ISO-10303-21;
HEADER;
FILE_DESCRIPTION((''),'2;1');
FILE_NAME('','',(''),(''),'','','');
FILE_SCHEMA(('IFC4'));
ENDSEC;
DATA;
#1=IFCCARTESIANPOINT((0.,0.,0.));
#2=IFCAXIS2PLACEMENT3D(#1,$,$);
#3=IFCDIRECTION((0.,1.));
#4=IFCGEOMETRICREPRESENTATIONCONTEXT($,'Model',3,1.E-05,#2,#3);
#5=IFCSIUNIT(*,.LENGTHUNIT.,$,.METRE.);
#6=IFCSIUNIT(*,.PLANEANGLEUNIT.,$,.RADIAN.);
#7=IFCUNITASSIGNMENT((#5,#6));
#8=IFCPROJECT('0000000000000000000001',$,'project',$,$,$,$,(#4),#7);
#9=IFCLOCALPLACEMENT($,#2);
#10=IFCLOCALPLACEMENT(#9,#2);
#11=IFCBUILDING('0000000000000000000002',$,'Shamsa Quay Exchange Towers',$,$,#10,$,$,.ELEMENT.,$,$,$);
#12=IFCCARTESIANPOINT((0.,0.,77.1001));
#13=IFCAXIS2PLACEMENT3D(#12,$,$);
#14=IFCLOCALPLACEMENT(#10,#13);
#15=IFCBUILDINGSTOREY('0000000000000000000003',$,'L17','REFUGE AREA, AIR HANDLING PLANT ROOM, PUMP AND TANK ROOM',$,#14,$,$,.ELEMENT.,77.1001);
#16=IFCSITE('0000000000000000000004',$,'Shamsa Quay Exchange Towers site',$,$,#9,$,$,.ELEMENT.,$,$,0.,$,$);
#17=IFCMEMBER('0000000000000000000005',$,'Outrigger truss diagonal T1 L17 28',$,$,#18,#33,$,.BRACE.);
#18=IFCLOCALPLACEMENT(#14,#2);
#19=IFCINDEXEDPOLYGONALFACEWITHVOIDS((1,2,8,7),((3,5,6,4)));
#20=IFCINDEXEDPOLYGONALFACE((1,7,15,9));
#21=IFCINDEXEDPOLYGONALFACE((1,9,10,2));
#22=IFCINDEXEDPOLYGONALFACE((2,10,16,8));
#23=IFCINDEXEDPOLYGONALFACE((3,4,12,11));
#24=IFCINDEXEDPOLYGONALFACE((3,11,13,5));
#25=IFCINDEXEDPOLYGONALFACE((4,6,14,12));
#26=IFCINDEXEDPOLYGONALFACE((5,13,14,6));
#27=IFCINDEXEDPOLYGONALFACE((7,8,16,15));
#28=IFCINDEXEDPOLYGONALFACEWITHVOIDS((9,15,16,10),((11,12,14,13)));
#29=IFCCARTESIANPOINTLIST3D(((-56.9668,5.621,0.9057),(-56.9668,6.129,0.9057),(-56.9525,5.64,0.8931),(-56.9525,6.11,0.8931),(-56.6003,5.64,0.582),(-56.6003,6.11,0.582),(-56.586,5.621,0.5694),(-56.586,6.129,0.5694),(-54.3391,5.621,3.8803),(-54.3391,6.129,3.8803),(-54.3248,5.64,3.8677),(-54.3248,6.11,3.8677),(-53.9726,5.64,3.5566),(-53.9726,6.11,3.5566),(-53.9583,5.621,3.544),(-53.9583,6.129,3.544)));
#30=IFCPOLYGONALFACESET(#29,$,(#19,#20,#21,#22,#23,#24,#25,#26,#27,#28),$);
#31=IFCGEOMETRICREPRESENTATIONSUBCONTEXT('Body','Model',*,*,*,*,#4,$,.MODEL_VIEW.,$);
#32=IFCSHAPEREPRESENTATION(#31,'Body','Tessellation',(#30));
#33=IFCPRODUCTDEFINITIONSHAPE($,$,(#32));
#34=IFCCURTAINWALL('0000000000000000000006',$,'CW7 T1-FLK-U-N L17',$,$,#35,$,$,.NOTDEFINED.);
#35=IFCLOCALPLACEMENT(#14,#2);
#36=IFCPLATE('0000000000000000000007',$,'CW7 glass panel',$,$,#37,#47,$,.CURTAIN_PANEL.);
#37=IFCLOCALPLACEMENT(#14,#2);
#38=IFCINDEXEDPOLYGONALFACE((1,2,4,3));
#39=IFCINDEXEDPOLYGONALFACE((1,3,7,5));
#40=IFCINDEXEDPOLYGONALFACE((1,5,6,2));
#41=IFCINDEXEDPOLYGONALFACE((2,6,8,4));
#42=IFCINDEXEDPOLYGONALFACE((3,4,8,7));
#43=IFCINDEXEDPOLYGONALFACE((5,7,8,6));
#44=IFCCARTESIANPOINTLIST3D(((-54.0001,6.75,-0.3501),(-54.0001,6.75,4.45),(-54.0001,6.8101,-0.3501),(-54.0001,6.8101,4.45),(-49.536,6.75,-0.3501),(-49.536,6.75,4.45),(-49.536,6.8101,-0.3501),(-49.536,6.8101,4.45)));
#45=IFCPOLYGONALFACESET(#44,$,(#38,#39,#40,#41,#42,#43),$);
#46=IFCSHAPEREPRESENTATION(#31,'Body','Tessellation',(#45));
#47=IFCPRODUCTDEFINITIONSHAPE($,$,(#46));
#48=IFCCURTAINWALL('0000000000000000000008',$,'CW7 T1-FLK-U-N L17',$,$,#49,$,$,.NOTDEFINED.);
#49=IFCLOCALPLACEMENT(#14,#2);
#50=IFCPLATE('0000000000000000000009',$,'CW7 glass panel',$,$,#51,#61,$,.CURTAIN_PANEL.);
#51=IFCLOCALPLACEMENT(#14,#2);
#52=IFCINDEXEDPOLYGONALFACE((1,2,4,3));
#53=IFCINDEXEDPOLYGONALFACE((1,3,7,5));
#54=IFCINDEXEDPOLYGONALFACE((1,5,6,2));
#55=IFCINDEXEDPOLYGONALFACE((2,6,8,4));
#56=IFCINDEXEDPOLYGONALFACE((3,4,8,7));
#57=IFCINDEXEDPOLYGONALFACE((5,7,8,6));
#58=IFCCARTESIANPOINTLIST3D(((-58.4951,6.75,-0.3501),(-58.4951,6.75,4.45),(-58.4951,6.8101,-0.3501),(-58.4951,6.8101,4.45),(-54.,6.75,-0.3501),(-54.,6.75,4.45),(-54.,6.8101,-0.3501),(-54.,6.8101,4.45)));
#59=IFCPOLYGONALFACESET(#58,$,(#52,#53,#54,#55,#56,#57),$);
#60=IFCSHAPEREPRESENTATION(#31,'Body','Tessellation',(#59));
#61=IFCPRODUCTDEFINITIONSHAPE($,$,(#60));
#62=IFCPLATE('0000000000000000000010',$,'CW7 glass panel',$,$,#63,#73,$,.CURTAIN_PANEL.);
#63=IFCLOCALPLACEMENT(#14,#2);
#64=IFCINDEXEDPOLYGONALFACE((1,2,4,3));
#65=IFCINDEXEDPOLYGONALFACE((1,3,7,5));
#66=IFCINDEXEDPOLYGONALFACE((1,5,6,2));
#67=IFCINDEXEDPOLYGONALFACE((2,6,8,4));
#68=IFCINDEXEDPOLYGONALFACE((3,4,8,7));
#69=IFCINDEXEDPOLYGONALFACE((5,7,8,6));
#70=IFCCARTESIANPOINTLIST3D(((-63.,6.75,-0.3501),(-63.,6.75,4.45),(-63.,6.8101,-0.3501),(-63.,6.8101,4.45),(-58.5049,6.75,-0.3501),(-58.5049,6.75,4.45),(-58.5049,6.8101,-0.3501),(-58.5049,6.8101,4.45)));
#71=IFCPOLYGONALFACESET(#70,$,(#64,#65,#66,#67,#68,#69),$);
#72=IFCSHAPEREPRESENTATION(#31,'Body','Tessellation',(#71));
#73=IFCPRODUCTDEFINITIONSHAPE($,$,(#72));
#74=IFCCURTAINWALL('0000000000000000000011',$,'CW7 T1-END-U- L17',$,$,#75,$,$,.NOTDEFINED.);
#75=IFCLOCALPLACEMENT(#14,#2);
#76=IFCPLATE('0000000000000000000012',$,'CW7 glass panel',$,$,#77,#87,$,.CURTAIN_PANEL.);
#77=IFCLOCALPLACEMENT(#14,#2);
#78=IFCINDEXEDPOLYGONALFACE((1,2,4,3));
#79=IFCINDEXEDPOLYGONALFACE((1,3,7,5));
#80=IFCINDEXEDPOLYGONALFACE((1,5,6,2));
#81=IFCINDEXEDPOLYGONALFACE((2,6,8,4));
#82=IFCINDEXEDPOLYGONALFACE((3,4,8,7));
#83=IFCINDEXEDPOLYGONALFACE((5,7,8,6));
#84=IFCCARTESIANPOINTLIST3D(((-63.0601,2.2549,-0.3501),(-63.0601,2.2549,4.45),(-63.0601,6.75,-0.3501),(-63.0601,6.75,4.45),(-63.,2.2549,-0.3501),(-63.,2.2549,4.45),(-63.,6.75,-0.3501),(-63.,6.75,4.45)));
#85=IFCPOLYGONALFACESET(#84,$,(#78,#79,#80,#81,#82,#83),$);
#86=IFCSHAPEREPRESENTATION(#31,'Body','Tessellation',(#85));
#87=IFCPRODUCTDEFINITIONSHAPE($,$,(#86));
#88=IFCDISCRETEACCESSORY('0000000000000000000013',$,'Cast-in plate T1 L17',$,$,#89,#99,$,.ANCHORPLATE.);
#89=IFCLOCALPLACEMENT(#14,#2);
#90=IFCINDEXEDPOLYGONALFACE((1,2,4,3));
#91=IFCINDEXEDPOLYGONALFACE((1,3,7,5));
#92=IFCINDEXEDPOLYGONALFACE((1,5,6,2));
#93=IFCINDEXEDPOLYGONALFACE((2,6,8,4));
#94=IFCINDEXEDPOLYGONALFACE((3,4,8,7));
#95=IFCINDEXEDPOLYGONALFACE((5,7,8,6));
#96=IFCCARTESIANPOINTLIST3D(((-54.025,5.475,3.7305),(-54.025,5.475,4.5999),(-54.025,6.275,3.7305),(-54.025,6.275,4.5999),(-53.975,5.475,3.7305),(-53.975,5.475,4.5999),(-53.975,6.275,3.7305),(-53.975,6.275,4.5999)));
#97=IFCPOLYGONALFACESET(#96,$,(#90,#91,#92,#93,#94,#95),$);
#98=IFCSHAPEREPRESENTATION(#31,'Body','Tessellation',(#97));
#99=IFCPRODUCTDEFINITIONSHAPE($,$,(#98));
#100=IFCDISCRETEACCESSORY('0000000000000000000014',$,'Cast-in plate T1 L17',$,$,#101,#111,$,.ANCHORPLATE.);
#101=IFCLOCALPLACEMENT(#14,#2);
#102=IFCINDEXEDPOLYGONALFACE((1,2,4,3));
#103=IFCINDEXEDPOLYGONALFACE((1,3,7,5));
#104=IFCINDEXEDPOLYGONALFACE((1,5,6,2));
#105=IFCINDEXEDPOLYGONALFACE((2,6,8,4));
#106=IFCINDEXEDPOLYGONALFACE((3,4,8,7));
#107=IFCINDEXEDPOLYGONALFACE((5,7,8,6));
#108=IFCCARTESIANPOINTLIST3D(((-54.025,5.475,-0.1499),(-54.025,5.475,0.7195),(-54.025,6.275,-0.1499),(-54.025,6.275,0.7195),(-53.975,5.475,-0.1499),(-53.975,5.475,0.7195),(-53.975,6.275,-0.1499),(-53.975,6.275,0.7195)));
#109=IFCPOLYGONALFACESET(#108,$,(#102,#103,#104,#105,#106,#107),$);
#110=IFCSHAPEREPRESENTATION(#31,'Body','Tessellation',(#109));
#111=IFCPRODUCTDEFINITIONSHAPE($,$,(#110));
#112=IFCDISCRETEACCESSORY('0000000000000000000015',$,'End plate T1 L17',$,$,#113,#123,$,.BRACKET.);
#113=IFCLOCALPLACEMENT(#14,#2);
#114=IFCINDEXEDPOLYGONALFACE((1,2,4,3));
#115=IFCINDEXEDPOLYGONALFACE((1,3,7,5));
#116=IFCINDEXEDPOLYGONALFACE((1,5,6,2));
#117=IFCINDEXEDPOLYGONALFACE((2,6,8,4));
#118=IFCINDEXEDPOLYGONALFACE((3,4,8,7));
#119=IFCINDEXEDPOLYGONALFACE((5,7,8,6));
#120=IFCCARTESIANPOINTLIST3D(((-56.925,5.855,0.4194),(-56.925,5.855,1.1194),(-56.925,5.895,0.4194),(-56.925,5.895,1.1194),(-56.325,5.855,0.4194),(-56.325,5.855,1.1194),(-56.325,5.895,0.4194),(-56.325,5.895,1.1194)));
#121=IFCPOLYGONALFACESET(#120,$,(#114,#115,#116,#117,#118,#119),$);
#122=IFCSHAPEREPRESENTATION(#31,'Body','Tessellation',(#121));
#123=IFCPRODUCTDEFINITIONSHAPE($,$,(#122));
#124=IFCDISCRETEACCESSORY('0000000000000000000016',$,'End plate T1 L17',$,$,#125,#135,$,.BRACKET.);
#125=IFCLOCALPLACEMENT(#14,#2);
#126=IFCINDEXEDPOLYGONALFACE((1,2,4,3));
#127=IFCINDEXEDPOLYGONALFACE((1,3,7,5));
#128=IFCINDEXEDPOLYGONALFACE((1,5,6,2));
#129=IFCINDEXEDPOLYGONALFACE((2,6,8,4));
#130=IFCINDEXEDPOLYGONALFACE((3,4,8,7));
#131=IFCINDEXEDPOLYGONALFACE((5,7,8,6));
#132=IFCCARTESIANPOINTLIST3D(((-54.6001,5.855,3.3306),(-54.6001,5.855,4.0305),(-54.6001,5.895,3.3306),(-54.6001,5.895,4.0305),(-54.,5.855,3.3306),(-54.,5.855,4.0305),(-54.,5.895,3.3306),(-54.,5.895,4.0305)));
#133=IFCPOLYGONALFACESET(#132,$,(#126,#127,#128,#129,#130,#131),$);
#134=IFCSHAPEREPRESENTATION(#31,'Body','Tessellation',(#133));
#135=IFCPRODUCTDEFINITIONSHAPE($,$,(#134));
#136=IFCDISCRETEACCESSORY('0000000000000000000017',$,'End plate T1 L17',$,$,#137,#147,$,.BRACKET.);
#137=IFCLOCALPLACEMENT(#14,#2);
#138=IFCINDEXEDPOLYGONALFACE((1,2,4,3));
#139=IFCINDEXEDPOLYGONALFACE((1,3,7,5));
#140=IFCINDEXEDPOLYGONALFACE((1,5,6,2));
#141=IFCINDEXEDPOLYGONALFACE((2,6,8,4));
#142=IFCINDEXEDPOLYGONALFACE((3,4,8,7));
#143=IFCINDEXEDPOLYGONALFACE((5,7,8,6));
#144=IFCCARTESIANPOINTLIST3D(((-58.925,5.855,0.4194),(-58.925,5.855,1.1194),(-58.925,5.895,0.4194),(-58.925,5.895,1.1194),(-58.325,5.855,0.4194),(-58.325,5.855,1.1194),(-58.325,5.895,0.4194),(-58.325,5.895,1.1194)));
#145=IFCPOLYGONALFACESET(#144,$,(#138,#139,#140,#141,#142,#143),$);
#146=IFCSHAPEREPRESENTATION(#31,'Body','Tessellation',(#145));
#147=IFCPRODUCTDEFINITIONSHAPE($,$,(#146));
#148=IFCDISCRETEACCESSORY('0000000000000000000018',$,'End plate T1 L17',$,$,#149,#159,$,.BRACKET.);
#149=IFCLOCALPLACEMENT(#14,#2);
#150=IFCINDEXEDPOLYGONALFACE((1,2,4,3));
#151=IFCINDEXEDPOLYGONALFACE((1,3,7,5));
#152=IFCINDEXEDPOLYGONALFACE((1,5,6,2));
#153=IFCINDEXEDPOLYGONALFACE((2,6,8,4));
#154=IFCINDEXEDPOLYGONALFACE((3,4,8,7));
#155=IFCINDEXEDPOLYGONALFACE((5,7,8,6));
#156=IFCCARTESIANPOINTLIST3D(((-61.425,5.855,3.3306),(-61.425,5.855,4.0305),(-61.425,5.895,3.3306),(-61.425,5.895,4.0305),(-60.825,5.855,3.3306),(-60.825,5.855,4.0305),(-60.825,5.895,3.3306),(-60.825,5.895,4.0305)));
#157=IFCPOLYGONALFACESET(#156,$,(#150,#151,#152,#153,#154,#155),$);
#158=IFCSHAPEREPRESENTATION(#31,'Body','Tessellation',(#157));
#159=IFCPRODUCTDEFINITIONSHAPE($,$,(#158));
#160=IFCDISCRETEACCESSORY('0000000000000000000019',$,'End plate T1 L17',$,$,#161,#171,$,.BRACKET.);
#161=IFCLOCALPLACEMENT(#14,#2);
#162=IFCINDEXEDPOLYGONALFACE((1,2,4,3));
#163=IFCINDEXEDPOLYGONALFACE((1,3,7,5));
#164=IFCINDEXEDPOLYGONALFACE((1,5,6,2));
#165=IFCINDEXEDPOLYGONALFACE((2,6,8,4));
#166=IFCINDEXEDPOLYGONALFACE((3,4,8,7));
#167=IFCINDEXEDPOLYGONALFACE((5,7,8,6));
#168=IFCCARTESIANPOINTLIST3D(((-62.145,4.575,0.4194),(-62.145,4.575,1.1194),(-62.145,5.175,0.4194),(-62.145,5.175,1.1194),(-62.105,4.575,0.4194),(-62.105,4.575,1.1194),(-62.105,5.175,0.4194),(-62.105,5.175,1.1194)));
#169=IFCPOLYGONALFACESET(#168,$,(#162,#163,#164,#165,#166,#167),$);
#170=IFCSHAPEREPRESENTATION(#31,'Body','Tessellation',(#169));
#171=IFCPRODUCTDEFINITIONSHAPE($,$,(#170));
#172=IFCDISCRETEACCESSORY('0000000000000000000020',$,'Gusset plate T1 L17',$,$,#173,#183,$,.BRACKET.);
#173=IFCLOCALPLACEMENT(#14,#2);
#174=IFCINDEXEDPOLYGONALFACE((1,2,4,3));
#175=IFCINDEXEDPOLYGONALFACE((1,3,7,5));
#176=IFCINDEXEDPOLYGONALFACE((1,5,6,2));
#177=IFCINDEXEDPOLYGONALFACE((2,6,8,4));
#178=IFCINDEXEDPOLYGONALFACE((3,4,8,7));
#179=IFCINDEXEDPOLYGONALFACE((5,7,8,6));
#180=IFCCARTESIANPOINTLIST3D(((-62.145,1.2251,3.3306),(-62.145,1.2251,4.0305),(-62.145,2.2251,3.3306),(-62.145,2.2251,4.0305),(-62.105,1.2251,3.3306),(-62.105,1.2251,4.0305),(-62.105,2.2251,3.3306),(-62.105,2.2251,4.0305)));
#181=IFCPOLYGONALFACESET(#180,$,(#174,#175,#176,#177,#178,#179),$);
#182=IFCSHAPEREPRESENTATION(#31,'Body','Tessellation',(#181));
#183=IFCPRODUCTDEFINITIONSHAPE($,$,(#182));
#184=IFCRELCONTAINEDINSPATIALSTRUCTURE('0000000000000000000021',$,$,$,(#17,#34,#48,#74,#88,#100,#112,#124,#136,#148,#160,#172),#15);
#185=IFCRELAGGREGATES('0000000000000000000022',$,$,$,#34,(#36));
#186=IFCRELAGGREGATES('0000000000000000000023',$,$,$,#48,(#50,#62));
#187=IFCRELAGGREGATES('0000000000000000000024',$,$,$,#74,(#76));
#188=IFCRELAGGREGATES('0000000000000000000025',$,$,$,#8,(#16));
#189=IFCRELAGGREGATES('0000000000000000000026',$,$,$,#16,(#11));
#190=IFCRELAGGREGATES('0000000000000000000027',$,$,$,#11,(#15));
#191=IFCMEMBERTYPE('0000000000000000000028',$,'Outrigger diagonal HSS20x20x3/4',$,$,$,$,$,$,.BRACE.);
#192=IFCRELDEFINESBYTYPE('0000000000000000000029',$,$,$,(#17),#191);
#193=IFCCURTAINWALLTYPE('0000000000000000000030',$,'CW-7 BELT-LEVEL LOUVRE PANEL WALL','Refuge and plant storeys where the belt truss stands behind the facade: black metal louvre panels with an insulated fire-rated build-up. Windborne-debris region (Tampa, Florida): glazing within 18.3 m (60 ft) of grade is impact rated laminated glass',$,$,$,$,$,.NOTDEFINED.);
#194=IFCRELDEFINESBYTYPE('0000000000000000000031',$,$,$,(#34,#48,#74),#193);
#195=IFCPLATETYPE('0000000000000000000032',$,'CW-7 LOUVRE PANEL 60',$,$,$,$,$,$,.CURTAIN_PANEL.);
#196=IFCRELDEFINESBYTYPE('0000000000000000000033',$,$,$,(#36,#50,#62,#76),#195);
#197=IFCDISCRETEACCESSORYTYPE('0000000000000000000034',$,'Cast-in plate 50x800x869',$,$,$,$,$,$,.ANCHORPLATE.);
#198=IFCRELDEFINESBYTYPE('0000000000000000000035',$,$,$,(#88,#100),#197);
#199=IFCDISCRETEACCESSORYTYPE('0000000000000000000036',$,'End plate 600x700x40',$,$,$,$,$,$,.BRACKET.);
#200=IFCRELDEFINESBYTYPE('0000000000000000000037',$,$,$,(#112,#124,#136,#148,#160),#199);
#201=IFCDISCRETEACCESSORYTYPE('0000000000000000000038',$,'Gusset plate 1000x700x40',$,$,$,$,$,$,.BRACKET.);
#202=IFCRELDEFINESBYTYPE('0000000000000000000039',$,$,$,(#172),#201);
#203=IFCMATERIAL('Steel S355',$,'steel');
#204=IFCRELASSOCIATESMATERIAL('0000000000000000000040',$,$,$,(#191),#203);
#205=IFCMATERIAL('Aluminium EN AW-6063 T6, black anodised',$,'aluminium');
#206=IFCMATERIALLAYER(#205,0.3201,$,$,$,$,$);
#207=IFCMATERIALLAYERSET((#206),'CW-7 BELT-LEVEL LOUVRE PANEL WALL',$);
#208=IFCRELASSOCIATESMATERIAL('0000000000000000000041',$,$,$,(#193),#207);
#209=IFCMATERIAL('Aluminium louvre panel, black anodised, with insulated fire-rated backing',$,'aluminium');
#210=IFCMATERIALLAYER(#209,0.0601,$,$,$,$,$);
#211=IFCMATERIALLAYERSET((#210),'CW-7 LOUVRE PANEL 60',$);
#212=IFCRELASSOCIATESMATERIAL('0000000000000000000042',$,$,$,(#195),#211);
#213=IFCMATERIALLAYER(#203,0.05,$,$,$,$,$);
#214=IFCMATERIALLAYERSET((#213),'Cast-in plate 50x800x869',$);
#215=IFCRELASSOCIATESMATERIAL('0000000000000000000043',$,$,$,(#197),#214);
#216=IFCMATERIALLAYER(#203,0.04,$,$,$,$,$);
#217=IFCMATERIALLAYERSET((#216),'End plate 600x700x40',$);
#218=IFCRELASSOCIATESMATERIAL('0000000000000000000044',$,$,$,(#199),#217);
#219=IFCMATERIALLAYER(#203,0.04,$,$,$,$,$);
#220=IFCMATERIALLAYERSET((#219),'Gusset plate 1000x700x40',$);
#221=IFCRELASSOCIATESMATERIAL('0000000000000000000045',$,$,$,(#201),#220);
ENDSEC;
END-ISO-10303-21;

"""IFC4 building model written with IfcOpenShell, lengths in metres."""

from ifc_helpers import new_model, si_unit, direction, frame, origin, origin_2d, place, context, subcontext, project, spatial, rectangle, hollow_rectangle, extrude, material, layer, layer_set, material_profile, profile_set, type_object, element, aggregate, save


model = new_model("IFC4")

# Units and contexts
model_context = context("Model", 3, precision=1e-05, world=origin(), true_north=direction((0.0, 1.0)))
body_context = subcontext(model_context, "Body", "Model", "MODEL_VIEW")
ifc_project = project(units=[si_unit("LENGTHUNIT", "METRE"), si_unit("PLANEANGLEUNIT", "RADIAN")], contexts=[model_context])

# Site, building, storey
site_placement = place(None, origin())
site = spatial("IfcSite", under=ifc_project, at=site_placement, Name="Shamsa Quay Exchange Towers site", CompositionType="ELEMENT", RefElevation=0.0)
building_placement = place(site_placement, origin())
building = spatial("IfcBuilding", under=site, at=building_placement, Name="Shamsa Quay Exchange Towers", CompositionType="ELEMENT")
storey_placement = place(building_placement, frame((0.0, 0.0, 77.1001)))
storey = spatial("IfcBuildingStorey", under=building, at=storey_placement, Name="L17", Description="REFUGE AREA, AIR HANDLING PLANT ROOM, PUMP AND TANK ROOM", CompositionType="ELEMENT", Elevation=77.1001)

# Member
ifc_material_1 = material(Name="Steel S355", Category="steel")
ifc_material_profile_1 = material_profile(ifc_material_1, hollow_rectangle(XDim=0.5081, YDim=0.5081, WallThickness=0.019, at=origin_2d()), Name="HSS20x20x3/4")
ifc_profile_set_1 = profile_set([ifc_material_profile_1], Name="Steel S355")
member_type_1 = type_object("IfcMemberType", Name="Outrigger diagonal HSS20x20x3/4", PredefinedType="BRACE", material=ifc_profile_set_1)
member_1_placement = place(storey_placement, frame((-56.7764, 5.875, 0.7375), z_axis=(0.662051, 0.0, 0.749459), x_axis=(0.0, 1.0, 0.0)))
element("IfcMember", 1, at=member_1_placement, inside=storey, type_object=member_type_1, Name="Outrigger truss diagonal T1 L17 28", PredefinedType="BRACE", context=body_context, shape_type="SweptSolid", body=[
    extrude(hollow_rectangle(XDim=0.5081, YDim=0.5081, WallThickness=0.019, at=origin_2d()), origin(), (0.0, 0.0, 1.0), 3.969),
])

# Curtain wall, plate
ifc_material_2 = material(Name="Aluminium EN AW-6063 T6, black anodised", Category="aluminium")
ifc_layer_1 = layer(ifc_material_2, 0.3201)
ifc_layer_set_1 = layer_set([ifc_layer_1], Name="CW-7 BELT-LEVEL LOUVRE PANEL WALL")
curtain_wall_type = type_object("IfcCurtainWallType", Name="CW-7 BELT-LEVEL LOUVRE PANEL WALL", Description="Refuge and plant storeys where the belt truss stands behind the facade: black metal louvre panels with an insulated fire-rated build-up. Windborne-debris region (Tampa, Florida): glazing within 18.3 m (60 ft) of grade is impact rated laminated glass", PredefinedType="NOTDEFINED", material=ifc_layer_set_1)
curtain_wall_1_placement = place(storey_placement, origin())
curtain_wall_1 = element("IfcCurtainWall", 2, at=curtain_wall_1_placement, inside=storey, type_object=curtain_wall_type, Name="CW7 T1-FLK-U-N L17", PredefinedType="NOTDEFINED")
ifc_material_3 = material(Name="Aluminium louvre panel, black anodised, with insulated fire-rated backing", Category="aluminium")
ifc_layer_2 = layer(ifc_material_3, 0.0601)
ifc_layer_set_2 = layer_set([ifc_layer_2], Name="CW-7 LOUVRE PANEL 60")
plate_type = type_object("IfcPlateType", Name="CW-7 LOUVRE PANEL 60", PredefinedType="CURTAIN_PANEL", material=ifc_layer_set_2)
plate_1_placement = place(storey_placement, frame((-51.7681, 6.78, -0.3501), z_axis=(0.0, 0.0, 1.0), x_axis=(-1.0, 0.0, 0.0)))
plate_1 = element("IfcPlate", 3, at=plate_1_placement, type_object=plate_type, Name="CW7 glass panel", PredefinedType="CURTAIN_PANEL", context=body_context, shape_type="SweptSolid", body=[
    extrude(rectangle(XDim=4.4641, YDim=0.0601, at=origin_2d()), origin(), (0.0, 0.0, 1.0), 4.8),
])
aggregate(curtain_wall_1, [plate_1])

# Curtain wall, plates
curtain_wall_2_placement = place(storey_placement, origin())
curtain_wall_2 = element("IfcCurtainWall", 4, at=curtain_wall_2_placement, inside=storey, type_object=curtain_wall_type, Name="CW7 T1-FLK-U-N L17", PredefinedType="NOTDEFINED")
plate_2_placement = place(storey_placement, frame((-56.2476, 6.78, -0.3501), z_axis=(0.0, 0.0, 1.0), x_axis=(-1.0, 0.0, 0.0)))
plate_2 = element("IfcPlate", 5, at=plate_2_placement, type_object=plate_type, Name="CW7 glass panel", PredefinedType="CURTAIN_PANEL", context=body_context, shape_type="SweptSolid", body=[
    extrude(rectangle(XDim=4.4951, YDim=0.0601, at=origin_2d()), origin(), (0.0, 0.0, 1.0), 4.8),
])
plate_3_placement = place(storey_placement, frame((-60.7524, 6.78, -0.3501), z_axis=(0.0, 0.0, 1.0), x_axis=(-1.0, 0.0, 0.0)))
plate_3 = element("IfcPlate", 6, at=plate_3_placement, type_object=plate_type, Name="CW7 glass panel", PredefinedType="CURTAIN_PANEL", context=body_context, shape_type="SweptSolid", body=[
    extrude(rectangle(XDim=4.4951, YDim=0.0601, at=origin_2d()), origin(), (0.0, 0.0, 1.0), 4.8),
])
aggregate(curtain_wall_2, [plate_2, plate_3])

# Curtain wall, plate
curtain_wall_3_placement = place(storey_placement, origin())
curtain_wall_3 = element("IfcCurtainWall", 7, at=curtain_wall_3_placement, inside=storey, type_object=curtain_wall_type, Name="CW7 T1-END-U- L17", PredefinedType="NOTDEFINED")
plate_4_placement = place(storey_placement, frame((-63.03, 4.5024, -0.3501), z_axis=(0.0, 0.0, 1.0), x_axis=(0.0, -1.0, 0.0)))
plate_4 = element("IfcPlate", 8, at=plate_4_placement, type_object=plate_type, Name="CW7 glass panel", PredefinedType="CURTAIN_PANEL", context=body_context, shape_type="SweptSolid", body=[
    extrude(rectangle(XDim=4.4951, YDim=0.0601, at=origin_2d()), origin(), (0.0, 0.0, 1.0), 4.8),
])
aggregate(curtain_wall_3, [plate_4])

# Discrete accessories
ifc_layer_3 = layer(ifc_material_1, 0.05)
ifc_layer_set_3 = layer_set([ifc_layer_3], Name="Cast-in plate 50x800x869")
discrete_accessory_type_1 = type_object("IfcDiscreteAccessoryType", Name="Cast-in plate 50x800x869", PredefinedType="ANCHORPLATE", material=ifc_layer_set_3)
for number, where, name in (
    (9, (-54.0, 5.875, 3.7305), "Cast-in plate T1 L17"),
    (10, (-54.0, 5.875, -0.1499), "Cast-in plate T1 L17"),
):
    element("IfcDiscreteAccessory", number, at=place(storey_placement, frame(where)), inside=storey, type_object=discrete_accessory_type_1, Name=name, PredefinedType="ANCHORPLATE", context=body_context, shape_type="SweptSolid", body=[
        extrude(rectangle(XDim=0.05, YDim=0.8, at=origin_2d()), origin(), (0.0, 0.0, 1.0), 0.8694),
    ])
ifc_layer_4 = layer(ifc_material_1, 0.04)
ifc_layer_set_4 = layer_set([ifc_layer_4], Name="End plate 600x700x40")
discrete_accessory_type_2 = type_object("IfcDiscreteAccessoryType", Name="End plate 600x700x40", PredefinedType="BRACKET", material=ifc_layer_set_4)
for number, where, name in (
    (11, (-56.625, 5.875, 0.4194), "End plate T1 L17"),
    (12, (-54.3, 5.875, 3.3306), "End plate T1 L17"),
):
    element("IfcDiscreteAccessory", number, at=place(storey_placement, frame(where)), inside=storey, type_object=discrete_accessory_type_2, Name=name, PredefinedType="BRACKET", context=body_context, shape_type="SweptSolid", body=[
        extrude(rectangle(XDim=0.6001, YDim=0.04, at=origin_2d()), origin(), (0.0, 0.0, 1.0), 0.7),
    ])
for number, where, z_axis, x_axis, name in (
    (13, (-58.625, 5.875, 0.4194), (0.0, 0.0, 1.0), (-1.0, 0.0, 0.0), "End plate T1 L17"),
    (14, (-61.125, 5.875, 3.3306), (0.0, 0.0, 1.0), (-1.0, 0.0, 0.0), "End plate T1 L17"),
    (15, (-62.125, 4.875, 0.4194), (0.0, 0.0, 1.0), (0.0, -1.0, 0.0), "End plate T1 L17"),
):
    element("IfcDiscreteAccessory", number, at=place(storey_placement, frame(where, z_axis=z_axis, x_axis=x_axis)), inside=storey, type_object=discrete_accessory_type_2, Name=name, PredefinedType="BRACKET", context=body_context, shape_type="SweptSolid", body=[
        extrude(rectangle(XDim=0.6001, YDim=0.04, at=origin_2d()), origin(), (0.0, 0.0, 1.0), 0.7),
    ])
ifc_layer_5 = layer(ifc_material_1, 0.04)
ifc_layer_set_5 = layer_set([ifc_layer_5], Name="Gusset plate 1000x700x40")
discrete_accessory_type_3 = type_object("IfcDiscreteAccessoryType", Name="Gusset plate 1000x700x40", PredefinedType="BRACKET", material=ifc_layer_set_5)
discrete_accessory_placement = place(storey_placement, frame((-62.125, 1.7251, 3.3306), z_axis=(0.0, 0.0, 1.0), x_axis=(0.0, -1.0, 0.0)))
element("IfcDiscreteAccessory", 16, at=discrete_accessory_placement, inside=storey, type_object=discrete_accessory_type_3, Name="Gusset plate T1 L17", PredefinedType="BRACKET", context=body_context, shape_type="SweptSolid", body=[
    extrude(rectangle(XDim=1.0, YDim=0.04, at=origin_2d()), origin(), (0.0, 0.0, 1.0), 0.7),
])

save(model, "model.ifc")
